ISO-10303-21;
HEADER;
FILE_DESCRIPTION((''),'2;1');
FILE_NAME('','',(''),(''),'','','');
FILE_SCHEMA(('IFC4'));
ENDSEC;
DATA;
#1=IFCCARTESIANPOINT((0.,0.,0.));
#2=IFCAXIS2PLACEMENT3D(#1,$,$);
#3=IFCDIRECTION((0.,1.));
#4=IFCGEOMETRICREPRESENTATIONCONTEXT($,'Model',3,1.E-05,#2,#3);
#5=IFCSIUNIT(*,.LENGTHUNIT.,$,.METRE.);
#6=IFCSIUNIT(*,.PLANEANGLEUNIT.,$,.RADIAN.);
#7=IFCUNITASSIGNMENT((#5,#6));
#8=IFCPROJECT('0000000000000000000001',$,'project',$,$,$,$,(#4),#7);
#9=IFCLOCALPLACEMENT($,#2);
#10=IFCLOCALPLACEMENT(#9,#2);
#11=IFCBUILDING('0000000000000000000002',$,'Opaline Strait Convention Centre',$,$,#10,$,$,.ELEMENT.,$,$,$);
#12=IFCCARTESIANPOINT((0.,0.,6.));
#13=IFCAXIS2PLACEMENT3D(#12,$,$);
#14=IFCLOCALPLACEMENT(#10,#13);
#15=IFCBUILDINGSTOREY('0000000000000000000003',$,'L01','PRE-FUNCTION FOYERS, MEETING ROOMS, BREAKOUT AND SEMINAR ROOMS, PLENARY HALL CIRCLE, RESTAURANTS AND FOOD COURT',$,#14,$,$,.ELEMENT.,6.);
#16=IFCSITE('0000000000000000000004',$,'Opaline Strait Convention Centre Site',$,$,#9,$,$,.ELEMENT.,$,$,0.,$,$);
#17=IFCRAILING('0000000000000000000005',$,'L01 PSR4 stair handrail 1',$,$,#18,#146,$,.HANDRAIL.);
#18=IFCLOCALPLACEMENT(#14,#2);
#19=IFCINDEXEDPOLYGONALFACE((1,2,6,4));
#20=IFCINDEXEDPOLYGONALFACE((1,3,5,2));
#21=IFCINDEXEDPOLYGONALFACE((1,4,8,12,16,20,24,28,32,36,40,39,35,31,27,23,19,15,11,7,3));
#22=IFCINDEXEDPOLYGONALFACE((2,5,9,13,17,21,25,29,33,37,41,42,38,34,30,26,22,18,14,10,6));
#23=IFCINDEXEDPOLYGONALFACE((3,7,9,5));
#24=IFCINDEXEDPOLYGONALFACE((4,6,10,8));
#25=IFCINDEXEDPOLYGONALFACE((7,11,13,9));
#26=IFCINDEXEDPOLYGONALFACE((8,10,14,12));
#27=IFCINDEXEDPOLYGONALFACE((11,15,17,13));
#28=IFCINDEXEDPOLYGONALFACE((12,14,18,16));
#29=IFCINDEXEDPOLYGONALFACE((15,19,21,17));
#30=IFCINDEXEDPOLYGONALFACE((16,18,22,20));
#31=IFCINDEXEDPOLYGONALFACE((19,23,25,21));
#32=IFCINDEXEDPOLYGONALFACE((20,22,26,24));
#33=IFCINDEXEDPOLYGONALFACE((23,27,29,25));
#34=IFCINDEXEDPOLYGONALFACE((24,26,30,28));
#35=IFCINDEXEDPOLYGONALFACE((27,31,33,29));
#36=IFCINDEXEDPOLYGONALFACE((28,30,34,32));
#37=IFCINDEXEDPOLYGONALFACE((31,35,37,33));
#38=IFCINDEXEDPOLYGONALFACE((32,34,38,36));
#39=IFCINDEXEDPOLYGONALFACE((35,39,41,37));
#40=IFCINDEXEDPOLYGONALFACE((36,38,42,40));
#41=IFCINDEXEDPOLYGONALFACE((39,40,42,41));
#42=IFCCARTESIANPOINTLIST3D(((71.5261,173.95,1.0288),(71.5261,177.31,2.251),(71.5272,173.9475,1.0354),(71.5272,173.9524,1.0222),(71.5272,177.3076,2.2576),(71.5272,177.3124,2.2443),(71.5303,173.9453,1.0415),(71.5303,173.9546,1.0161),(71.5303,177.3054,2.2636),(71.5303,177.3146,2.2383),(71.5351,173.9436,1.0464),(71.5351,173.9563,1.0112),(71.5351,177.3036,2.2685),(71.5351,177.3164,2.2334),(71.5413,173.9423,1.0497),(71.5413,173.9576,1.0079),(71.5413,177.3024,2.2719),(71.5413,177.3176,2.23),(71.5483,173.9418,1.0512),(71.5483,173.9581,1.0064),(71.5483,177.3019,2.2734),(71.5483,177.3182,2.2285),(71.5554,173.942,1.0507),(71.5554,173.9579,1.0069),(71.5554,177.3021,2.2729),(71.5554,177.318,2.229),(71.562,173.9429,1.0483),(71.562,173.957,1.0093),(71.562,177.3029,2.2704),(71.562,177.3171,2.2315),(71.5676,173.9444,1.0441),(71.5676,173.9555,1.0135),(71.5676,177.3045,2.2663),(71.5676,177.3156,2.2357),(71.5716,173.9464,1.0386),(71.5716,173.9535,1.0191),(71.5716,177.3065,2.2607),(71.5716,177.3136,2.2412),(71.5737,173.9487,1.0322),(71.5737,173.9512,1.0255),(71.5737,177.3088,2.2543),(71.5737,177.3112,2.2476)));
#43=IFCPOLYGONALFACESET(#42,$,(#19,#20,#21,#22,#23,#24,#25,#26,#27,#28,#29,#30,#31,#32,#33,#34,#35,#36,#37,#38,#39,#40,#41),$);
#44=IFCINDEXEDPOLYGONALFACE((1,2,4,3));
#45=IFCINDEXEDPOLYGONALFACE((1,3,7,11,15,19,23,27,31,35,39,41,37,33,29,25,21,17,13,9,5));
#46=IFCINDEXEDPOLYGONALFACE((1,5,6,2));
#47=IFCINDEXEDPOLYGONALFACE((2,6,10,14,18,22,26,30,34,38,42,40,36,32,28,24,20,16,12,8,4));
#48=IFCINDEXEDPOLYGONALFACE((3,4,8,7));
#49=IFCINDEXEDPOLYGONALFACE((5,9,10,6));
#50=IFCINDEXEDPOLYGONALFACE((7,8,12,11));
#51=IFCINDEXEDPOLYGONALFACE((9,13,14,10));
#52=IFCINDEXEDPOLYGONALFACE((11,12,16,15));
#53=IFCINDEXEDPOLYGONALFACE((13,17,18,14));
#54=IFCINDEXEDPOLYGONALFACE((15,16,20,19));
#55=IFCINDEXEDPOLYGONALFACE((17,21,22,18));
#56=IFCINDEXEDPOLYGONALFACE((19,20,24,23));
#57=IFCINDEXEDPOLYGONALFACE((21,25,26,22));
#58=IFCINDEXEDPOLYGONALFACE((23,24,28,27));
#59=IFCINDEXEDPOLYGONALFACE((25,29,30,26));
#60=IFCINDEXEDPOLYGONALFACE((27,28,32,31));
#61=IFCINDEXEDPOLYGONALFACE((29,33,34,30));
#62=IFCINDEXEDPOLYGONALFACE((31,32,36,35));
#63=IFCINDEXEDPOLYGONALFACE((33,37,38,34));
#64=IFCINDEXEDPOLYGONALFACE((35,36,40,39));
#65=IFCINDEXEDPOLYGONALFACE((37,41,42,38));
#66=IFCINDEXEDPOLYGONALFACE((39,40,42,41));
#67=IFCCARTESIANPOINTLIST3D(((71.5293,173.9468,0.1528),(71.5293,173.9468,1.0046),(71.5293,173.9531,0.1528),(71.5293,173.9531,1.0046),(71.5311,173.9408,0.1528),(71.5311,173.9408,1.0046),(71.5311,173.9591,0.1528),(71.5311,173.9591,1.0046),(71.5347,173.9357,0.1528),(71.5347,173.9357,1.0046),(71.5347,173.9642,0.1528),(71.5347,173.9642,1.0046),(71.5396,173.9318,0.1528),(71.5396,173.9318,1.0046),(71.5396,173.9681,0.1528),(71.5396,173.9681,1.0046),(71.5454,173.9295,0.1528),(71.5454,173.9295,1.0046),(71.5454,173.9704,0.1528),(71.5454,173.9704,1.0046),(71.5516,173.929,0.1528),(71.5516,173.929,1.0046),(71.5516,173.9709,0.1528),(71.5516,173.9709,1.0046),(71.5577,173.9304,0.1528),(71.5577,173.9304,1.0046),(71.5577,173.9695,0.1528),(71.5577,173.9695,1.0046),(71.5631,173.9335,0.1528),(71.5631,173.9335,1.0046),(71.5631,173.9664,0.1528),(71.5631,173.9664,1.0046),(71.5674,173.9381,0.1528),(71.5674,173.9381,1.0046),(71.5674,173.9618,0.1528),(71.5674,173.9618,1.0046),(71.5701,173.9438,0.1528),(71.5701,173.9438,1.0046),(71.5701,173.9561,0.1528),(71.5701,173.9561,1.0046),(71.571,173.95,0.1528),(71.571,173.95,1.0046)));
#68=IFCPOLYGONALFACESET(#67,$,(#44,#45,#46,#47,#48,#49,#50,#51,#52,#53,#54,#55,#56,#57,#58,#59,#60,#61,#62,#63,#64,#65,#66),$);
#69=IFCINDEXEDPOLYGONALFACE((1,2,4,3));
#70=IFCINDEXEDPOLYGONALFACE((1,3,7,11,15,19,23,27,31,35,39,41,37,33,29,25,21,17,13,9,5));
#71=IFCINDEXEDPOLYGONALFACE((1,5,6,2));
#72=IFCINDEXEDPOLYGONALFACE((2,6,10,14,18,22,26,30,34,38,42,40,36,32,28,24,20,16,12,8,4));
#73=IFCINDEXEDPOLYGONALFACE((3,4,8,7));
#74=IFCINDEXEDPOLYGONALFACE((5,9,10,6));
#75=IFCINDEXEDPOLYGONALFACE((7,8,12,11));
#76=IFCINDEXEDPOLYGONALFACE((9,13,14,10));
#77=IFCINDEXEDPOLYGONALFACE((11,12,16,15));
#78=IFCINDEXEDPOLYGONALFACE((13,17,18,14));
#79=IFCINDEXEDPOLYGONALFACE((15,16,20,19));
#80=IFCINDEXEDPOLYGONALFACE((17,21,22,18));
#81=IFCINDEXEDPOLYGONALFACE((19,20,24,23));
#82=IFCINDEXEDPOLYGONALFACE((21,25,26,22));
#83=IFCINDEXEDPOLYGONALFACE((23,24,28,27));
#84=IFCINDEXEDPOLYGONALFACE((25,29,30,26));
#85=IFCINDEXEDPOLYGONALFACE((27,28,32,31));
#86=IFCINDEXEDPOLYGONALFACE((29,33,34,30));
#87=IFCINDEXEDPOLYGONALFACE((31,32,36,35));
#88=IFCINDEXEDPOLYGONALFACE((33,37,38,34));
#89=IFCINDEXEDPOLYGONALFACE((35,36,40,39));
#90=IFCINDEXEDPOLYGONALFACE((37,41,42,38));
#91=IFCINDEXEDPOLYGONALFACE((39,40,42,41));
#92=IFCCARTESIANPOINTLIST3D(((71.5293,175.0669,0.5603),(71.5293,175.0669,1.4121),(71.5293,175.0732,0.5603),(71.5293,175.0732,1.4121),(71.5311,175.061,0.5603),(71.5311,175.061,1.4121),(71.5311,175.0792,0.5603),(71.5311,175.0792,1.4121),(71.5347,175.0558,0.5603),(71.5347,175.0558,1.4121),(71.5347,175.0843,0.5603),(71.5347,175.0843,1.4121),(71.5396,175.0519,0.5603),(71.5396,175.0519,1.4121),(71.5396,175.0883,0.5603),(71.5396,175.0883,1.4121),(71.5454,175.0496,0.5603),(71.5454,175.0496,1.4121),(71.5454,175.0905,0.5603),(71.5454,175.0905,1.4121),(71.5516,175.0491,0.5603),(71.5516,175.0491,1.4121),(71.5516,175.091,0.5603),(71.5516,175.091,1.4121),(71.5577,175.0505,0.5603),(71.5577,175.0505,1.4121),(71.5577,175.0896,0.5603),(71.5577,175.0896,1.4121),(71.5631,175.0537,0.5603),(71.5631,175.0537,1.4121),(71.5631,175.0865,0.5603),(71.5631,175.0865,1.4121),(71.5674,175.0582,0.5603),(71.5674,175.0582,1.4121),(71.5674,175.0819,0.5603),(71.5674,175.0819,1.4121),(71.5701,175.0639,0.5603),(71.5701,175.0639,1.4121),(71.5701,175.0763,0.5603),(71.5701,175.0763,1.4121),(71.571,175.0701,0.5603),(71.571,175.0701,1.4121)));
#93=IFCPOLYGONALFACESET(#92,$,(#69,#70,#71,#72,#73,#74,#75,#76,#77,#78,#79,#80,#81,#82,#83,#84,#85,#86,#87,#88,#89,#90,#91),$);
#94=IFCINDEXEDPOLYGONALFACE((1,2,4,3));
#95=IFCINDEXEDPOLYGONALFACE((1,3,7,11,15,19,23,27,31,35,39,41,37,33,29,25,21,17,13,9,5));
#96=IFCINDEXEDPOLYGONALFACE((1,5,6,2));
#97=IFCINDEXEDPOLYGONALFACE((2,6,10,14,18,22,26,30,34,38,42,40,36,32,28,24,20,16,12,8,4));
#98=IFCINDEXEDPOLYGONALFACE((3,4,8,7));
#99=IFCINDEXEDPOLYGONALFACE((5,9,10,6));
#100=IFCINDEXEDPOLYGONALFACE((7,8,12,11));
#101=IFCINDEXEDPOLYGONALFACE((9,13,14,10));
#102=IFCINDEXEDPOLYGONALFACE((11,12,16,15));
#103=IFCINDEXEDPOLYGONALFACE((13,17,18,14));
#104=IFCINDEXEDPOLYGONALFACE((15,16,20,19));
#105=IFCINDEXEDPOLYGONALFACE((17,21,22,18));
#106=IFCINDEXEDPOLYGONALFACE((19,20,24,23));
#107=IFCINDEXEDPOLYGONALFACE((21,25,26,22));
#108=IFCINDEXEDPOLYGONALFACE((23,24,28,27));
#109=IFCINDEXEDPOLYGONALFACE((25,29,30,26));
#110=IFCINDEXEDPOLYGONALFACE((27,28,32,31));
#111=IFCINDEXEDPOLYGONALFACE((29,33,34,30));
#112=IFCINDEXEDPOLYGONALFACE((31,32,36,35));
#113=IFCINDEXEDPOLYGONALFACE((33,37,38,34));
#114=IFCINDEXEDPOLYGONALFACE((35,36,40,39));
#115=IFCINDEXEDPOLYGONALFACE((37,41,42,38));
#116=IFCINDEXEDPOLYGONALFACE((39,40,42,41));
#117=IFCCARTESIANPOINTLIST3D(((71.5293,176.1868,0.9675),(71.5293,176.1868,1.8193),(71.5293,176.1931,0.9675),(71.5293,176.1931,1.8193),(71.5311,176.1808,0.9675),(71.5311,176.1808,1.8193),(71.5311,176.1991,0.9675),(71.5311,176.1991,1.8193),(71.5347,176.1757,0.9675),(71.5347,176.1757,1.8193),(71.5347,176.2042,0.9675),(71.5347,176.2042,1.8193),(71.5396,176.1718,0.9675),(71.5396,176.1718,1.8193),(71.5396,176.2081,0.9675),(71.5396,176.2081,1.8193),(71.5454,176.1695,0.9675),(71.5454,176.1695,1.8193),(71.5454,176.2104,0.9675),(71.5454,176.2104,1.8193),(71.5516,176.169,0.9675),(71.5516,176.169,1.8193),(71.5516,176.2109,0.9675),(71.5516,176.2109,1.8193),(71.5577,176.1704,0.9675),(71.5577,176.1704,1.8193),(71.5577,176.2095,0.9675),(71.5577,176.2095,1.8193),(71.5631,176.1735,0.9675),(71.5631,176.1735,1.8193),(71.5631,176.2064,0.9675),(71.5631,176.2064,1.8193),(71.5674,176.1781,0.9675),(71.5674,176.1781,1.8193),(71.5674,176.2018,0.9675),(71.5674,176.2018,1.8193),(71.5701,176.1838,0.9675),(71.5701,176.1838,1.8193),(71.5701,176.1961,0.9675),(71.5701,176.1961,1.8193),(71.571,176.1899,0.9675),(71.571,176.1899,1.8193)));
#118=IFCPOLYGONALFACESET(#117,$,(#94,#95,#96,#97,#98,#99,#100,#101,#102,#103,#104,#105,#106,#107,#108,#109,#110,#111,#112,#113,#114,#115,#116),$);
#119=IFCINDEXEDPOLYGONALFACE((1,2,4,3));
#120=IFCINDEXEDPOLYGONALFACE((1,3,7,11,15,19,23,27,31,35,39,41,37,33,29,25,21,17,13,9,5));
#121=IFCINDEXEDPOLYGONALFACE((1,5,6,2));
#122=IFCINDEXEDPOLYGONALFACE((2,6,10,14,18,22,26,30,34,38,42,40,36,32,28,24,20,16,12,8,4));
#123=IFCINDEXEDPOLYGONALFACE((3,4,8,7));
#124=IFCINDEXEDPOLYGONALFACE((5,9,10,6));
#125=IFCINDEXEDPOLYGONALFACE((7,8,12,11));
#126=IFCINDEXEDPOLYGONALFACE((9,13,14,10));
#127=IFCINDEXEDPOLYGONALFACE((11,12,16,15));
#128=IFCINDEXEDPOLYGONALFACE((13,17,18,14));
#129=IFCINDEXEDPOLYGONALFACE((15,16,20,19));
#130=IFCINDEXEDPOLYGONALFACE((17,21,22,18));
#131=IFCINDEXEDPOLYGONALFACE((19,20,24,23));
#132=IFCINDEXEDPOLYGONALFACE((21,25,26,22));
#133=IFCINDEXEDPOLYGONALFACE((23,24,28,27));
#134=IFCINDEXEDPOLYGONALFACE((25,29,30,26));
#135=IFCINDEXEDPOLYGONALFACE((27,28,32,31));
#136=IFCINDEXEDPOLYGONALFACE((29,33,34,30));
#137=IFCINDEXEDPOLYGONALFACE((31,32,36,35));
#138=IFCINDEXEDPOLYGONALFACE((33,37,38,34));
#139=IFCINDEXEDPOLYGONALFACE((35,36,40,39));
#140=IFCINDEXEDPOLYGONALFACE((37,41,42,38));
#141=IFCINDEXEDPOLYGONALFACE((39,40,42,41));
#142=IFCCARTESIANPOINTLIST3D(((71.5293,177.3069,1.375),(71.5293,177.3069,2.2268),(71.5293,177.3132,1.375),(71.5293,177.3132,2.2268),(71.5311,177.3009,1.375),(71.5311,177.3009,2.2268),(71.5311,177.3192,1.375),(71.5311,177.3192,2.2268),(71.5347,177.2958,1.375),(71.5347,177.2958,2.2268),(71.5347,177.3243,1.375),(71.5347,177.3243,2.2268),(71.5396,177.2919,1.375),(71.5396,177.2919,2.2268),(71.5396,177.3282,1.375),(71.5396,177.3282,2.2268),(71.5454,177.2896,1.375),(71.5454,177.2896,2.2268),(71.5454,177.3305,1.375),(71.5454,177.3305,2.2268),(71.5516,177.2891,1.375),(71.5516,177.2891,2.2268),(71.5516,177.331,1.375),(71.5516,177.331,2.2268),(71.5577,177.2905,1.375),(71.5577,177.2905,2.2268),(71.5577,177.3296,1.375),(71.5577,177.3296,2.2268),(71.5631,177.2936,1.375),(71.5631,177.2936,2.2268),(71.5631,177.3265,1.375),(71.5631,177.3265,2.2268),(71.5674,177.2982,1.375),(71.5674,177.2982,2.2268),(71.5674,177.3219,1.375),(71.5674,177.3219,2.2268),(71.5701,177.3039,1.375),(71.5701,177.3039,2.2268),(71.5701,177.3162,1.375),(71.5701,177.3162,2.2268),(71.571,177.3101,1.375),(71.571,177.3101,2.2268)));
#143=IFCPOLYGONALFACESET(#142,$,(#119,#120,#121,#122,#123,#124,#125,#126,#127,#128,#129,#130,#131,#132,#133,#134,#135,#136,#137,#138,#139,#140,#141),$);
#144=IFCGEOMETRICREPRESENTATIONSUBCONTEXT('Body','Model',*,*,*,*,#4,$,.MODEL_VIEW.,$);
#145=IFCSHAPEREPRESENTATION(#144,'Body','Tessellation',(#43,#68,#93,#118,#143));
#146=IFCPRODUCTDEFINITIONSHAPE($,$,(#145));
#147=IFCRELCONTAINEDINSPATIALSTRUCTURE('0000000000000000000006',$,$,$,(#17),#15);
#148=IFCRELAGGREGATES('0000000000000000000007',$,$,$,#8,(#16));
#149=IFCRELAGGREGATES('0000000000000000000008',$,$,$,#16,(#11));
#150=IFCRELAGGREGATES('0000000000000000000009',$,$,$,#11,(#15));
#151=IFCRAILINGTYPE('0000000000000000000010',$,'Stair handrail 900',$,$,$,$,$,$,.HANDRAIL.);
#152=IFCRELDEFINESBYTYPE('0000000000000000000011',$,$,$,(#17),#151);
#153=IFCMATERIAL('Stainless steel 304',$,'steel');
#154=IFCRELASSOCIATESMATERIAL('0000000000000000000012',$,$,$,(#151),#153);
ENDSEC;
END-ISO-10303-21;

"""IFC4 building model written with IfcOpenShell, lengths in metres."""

from ifc_helpers import new_model, si_unit, direction, frame, origin, origin_2d, place, context, subcontext, project, spatial, circle, extrude, material, type_object, element, save


model = new_model("IFC4")

# Units and contexts
model_context = context("Model", 3, precision=1e-05, world=origin(), true_north=direction((0.0, 1.0)))
body_context = subcontext(model_context, "Body", "Model", "MODEL_VIEW")
ifc_project = project(units=[si_unit("LENGTHUNIT", "METRE"), si_unit("PLANEANGLEUNIT", "RADIAN")], contexts=[model_context])

# Site, building, storey
site_placement = place(None, origin())
site = spatial("IfcSite", under=ifc_project, at=site_placement, Name="Opaline Strait Convention Centre Site", CompositionType="ELEMENT", RefElevation=0.0)
building_placement = place(site_placement, origin())
building = spatial("IfcBuilding", under=site, at=building_placement, Name="Opaline Strait Convention Centre", CompositionType="ELEMENT")
storey_placement = place(building_placement, frame((0.0, 0.0, 6.0)))
storey = spatial("IfcBuildingStorey", under=building, at=storey_placement, Name="L01", Description="PRE-FUNCTION FOYERS, MEETING ROOMS, BREAKOUT AND SEMINAR ROOMS, PLENARY HALL CIRCLE, RESTAURANTS AND FOOD COURT", CompositionType="ELEMENT", Elevation=6.0)

# Railing
ifc_material_1 = material(Name="Stainless steel 304", Category="steel")
railing_type_1 = type_object("IfcRailingType", Name="Stair handrail 900", PredefinedType="HANDRAIL", material=ifc_material_1)
for number, where, name in (
    (1, (71.55, 173.95, 0.1528), "L01 PSR4 stair handrail 1"),
):
    element("IfcRailing", number, at=place(storey_placement, frame(where)), inside=storey, type_object=railing_type_1, Name=name, PredefinedType="HANDRAIL", context=body_context, shape_type="SweptSolid", body=[
        extrude(circle(Radius=0.0239, at=origin_2d()), frame((0.0, 0.0, 0.876), z_axis=(0.0, 0.939766, 0.34182), x_axis=(-1.0, 0.0, 0.0)), (0.0, 0.0, 1.0), 3.5754),
        extrude(circle(Radius=0.021, at=origin_2d()), origin(), (0.0, 0.0, 1.0), 0.8518),
        extrude(circle(Radius=0.021, at=origin_2d()), frame((0.0, 1.1201, 0.4075)), (0.0, 0.0, 1.0), 0.8518),
        extrude(circle(Radius=0.021, at=origin_2d()), frame((0.0, 2.24, 0.8147)), (0.0, 0.0, 1.0), 0.8518),
        extrude(circle(Radius=0.021, at=origin_2d()), frame((0.0, 3.3601, 1.2222)), (0.0, 0.0, 1.0), 0.8518),
    ])

save(model, "model.ifc")
